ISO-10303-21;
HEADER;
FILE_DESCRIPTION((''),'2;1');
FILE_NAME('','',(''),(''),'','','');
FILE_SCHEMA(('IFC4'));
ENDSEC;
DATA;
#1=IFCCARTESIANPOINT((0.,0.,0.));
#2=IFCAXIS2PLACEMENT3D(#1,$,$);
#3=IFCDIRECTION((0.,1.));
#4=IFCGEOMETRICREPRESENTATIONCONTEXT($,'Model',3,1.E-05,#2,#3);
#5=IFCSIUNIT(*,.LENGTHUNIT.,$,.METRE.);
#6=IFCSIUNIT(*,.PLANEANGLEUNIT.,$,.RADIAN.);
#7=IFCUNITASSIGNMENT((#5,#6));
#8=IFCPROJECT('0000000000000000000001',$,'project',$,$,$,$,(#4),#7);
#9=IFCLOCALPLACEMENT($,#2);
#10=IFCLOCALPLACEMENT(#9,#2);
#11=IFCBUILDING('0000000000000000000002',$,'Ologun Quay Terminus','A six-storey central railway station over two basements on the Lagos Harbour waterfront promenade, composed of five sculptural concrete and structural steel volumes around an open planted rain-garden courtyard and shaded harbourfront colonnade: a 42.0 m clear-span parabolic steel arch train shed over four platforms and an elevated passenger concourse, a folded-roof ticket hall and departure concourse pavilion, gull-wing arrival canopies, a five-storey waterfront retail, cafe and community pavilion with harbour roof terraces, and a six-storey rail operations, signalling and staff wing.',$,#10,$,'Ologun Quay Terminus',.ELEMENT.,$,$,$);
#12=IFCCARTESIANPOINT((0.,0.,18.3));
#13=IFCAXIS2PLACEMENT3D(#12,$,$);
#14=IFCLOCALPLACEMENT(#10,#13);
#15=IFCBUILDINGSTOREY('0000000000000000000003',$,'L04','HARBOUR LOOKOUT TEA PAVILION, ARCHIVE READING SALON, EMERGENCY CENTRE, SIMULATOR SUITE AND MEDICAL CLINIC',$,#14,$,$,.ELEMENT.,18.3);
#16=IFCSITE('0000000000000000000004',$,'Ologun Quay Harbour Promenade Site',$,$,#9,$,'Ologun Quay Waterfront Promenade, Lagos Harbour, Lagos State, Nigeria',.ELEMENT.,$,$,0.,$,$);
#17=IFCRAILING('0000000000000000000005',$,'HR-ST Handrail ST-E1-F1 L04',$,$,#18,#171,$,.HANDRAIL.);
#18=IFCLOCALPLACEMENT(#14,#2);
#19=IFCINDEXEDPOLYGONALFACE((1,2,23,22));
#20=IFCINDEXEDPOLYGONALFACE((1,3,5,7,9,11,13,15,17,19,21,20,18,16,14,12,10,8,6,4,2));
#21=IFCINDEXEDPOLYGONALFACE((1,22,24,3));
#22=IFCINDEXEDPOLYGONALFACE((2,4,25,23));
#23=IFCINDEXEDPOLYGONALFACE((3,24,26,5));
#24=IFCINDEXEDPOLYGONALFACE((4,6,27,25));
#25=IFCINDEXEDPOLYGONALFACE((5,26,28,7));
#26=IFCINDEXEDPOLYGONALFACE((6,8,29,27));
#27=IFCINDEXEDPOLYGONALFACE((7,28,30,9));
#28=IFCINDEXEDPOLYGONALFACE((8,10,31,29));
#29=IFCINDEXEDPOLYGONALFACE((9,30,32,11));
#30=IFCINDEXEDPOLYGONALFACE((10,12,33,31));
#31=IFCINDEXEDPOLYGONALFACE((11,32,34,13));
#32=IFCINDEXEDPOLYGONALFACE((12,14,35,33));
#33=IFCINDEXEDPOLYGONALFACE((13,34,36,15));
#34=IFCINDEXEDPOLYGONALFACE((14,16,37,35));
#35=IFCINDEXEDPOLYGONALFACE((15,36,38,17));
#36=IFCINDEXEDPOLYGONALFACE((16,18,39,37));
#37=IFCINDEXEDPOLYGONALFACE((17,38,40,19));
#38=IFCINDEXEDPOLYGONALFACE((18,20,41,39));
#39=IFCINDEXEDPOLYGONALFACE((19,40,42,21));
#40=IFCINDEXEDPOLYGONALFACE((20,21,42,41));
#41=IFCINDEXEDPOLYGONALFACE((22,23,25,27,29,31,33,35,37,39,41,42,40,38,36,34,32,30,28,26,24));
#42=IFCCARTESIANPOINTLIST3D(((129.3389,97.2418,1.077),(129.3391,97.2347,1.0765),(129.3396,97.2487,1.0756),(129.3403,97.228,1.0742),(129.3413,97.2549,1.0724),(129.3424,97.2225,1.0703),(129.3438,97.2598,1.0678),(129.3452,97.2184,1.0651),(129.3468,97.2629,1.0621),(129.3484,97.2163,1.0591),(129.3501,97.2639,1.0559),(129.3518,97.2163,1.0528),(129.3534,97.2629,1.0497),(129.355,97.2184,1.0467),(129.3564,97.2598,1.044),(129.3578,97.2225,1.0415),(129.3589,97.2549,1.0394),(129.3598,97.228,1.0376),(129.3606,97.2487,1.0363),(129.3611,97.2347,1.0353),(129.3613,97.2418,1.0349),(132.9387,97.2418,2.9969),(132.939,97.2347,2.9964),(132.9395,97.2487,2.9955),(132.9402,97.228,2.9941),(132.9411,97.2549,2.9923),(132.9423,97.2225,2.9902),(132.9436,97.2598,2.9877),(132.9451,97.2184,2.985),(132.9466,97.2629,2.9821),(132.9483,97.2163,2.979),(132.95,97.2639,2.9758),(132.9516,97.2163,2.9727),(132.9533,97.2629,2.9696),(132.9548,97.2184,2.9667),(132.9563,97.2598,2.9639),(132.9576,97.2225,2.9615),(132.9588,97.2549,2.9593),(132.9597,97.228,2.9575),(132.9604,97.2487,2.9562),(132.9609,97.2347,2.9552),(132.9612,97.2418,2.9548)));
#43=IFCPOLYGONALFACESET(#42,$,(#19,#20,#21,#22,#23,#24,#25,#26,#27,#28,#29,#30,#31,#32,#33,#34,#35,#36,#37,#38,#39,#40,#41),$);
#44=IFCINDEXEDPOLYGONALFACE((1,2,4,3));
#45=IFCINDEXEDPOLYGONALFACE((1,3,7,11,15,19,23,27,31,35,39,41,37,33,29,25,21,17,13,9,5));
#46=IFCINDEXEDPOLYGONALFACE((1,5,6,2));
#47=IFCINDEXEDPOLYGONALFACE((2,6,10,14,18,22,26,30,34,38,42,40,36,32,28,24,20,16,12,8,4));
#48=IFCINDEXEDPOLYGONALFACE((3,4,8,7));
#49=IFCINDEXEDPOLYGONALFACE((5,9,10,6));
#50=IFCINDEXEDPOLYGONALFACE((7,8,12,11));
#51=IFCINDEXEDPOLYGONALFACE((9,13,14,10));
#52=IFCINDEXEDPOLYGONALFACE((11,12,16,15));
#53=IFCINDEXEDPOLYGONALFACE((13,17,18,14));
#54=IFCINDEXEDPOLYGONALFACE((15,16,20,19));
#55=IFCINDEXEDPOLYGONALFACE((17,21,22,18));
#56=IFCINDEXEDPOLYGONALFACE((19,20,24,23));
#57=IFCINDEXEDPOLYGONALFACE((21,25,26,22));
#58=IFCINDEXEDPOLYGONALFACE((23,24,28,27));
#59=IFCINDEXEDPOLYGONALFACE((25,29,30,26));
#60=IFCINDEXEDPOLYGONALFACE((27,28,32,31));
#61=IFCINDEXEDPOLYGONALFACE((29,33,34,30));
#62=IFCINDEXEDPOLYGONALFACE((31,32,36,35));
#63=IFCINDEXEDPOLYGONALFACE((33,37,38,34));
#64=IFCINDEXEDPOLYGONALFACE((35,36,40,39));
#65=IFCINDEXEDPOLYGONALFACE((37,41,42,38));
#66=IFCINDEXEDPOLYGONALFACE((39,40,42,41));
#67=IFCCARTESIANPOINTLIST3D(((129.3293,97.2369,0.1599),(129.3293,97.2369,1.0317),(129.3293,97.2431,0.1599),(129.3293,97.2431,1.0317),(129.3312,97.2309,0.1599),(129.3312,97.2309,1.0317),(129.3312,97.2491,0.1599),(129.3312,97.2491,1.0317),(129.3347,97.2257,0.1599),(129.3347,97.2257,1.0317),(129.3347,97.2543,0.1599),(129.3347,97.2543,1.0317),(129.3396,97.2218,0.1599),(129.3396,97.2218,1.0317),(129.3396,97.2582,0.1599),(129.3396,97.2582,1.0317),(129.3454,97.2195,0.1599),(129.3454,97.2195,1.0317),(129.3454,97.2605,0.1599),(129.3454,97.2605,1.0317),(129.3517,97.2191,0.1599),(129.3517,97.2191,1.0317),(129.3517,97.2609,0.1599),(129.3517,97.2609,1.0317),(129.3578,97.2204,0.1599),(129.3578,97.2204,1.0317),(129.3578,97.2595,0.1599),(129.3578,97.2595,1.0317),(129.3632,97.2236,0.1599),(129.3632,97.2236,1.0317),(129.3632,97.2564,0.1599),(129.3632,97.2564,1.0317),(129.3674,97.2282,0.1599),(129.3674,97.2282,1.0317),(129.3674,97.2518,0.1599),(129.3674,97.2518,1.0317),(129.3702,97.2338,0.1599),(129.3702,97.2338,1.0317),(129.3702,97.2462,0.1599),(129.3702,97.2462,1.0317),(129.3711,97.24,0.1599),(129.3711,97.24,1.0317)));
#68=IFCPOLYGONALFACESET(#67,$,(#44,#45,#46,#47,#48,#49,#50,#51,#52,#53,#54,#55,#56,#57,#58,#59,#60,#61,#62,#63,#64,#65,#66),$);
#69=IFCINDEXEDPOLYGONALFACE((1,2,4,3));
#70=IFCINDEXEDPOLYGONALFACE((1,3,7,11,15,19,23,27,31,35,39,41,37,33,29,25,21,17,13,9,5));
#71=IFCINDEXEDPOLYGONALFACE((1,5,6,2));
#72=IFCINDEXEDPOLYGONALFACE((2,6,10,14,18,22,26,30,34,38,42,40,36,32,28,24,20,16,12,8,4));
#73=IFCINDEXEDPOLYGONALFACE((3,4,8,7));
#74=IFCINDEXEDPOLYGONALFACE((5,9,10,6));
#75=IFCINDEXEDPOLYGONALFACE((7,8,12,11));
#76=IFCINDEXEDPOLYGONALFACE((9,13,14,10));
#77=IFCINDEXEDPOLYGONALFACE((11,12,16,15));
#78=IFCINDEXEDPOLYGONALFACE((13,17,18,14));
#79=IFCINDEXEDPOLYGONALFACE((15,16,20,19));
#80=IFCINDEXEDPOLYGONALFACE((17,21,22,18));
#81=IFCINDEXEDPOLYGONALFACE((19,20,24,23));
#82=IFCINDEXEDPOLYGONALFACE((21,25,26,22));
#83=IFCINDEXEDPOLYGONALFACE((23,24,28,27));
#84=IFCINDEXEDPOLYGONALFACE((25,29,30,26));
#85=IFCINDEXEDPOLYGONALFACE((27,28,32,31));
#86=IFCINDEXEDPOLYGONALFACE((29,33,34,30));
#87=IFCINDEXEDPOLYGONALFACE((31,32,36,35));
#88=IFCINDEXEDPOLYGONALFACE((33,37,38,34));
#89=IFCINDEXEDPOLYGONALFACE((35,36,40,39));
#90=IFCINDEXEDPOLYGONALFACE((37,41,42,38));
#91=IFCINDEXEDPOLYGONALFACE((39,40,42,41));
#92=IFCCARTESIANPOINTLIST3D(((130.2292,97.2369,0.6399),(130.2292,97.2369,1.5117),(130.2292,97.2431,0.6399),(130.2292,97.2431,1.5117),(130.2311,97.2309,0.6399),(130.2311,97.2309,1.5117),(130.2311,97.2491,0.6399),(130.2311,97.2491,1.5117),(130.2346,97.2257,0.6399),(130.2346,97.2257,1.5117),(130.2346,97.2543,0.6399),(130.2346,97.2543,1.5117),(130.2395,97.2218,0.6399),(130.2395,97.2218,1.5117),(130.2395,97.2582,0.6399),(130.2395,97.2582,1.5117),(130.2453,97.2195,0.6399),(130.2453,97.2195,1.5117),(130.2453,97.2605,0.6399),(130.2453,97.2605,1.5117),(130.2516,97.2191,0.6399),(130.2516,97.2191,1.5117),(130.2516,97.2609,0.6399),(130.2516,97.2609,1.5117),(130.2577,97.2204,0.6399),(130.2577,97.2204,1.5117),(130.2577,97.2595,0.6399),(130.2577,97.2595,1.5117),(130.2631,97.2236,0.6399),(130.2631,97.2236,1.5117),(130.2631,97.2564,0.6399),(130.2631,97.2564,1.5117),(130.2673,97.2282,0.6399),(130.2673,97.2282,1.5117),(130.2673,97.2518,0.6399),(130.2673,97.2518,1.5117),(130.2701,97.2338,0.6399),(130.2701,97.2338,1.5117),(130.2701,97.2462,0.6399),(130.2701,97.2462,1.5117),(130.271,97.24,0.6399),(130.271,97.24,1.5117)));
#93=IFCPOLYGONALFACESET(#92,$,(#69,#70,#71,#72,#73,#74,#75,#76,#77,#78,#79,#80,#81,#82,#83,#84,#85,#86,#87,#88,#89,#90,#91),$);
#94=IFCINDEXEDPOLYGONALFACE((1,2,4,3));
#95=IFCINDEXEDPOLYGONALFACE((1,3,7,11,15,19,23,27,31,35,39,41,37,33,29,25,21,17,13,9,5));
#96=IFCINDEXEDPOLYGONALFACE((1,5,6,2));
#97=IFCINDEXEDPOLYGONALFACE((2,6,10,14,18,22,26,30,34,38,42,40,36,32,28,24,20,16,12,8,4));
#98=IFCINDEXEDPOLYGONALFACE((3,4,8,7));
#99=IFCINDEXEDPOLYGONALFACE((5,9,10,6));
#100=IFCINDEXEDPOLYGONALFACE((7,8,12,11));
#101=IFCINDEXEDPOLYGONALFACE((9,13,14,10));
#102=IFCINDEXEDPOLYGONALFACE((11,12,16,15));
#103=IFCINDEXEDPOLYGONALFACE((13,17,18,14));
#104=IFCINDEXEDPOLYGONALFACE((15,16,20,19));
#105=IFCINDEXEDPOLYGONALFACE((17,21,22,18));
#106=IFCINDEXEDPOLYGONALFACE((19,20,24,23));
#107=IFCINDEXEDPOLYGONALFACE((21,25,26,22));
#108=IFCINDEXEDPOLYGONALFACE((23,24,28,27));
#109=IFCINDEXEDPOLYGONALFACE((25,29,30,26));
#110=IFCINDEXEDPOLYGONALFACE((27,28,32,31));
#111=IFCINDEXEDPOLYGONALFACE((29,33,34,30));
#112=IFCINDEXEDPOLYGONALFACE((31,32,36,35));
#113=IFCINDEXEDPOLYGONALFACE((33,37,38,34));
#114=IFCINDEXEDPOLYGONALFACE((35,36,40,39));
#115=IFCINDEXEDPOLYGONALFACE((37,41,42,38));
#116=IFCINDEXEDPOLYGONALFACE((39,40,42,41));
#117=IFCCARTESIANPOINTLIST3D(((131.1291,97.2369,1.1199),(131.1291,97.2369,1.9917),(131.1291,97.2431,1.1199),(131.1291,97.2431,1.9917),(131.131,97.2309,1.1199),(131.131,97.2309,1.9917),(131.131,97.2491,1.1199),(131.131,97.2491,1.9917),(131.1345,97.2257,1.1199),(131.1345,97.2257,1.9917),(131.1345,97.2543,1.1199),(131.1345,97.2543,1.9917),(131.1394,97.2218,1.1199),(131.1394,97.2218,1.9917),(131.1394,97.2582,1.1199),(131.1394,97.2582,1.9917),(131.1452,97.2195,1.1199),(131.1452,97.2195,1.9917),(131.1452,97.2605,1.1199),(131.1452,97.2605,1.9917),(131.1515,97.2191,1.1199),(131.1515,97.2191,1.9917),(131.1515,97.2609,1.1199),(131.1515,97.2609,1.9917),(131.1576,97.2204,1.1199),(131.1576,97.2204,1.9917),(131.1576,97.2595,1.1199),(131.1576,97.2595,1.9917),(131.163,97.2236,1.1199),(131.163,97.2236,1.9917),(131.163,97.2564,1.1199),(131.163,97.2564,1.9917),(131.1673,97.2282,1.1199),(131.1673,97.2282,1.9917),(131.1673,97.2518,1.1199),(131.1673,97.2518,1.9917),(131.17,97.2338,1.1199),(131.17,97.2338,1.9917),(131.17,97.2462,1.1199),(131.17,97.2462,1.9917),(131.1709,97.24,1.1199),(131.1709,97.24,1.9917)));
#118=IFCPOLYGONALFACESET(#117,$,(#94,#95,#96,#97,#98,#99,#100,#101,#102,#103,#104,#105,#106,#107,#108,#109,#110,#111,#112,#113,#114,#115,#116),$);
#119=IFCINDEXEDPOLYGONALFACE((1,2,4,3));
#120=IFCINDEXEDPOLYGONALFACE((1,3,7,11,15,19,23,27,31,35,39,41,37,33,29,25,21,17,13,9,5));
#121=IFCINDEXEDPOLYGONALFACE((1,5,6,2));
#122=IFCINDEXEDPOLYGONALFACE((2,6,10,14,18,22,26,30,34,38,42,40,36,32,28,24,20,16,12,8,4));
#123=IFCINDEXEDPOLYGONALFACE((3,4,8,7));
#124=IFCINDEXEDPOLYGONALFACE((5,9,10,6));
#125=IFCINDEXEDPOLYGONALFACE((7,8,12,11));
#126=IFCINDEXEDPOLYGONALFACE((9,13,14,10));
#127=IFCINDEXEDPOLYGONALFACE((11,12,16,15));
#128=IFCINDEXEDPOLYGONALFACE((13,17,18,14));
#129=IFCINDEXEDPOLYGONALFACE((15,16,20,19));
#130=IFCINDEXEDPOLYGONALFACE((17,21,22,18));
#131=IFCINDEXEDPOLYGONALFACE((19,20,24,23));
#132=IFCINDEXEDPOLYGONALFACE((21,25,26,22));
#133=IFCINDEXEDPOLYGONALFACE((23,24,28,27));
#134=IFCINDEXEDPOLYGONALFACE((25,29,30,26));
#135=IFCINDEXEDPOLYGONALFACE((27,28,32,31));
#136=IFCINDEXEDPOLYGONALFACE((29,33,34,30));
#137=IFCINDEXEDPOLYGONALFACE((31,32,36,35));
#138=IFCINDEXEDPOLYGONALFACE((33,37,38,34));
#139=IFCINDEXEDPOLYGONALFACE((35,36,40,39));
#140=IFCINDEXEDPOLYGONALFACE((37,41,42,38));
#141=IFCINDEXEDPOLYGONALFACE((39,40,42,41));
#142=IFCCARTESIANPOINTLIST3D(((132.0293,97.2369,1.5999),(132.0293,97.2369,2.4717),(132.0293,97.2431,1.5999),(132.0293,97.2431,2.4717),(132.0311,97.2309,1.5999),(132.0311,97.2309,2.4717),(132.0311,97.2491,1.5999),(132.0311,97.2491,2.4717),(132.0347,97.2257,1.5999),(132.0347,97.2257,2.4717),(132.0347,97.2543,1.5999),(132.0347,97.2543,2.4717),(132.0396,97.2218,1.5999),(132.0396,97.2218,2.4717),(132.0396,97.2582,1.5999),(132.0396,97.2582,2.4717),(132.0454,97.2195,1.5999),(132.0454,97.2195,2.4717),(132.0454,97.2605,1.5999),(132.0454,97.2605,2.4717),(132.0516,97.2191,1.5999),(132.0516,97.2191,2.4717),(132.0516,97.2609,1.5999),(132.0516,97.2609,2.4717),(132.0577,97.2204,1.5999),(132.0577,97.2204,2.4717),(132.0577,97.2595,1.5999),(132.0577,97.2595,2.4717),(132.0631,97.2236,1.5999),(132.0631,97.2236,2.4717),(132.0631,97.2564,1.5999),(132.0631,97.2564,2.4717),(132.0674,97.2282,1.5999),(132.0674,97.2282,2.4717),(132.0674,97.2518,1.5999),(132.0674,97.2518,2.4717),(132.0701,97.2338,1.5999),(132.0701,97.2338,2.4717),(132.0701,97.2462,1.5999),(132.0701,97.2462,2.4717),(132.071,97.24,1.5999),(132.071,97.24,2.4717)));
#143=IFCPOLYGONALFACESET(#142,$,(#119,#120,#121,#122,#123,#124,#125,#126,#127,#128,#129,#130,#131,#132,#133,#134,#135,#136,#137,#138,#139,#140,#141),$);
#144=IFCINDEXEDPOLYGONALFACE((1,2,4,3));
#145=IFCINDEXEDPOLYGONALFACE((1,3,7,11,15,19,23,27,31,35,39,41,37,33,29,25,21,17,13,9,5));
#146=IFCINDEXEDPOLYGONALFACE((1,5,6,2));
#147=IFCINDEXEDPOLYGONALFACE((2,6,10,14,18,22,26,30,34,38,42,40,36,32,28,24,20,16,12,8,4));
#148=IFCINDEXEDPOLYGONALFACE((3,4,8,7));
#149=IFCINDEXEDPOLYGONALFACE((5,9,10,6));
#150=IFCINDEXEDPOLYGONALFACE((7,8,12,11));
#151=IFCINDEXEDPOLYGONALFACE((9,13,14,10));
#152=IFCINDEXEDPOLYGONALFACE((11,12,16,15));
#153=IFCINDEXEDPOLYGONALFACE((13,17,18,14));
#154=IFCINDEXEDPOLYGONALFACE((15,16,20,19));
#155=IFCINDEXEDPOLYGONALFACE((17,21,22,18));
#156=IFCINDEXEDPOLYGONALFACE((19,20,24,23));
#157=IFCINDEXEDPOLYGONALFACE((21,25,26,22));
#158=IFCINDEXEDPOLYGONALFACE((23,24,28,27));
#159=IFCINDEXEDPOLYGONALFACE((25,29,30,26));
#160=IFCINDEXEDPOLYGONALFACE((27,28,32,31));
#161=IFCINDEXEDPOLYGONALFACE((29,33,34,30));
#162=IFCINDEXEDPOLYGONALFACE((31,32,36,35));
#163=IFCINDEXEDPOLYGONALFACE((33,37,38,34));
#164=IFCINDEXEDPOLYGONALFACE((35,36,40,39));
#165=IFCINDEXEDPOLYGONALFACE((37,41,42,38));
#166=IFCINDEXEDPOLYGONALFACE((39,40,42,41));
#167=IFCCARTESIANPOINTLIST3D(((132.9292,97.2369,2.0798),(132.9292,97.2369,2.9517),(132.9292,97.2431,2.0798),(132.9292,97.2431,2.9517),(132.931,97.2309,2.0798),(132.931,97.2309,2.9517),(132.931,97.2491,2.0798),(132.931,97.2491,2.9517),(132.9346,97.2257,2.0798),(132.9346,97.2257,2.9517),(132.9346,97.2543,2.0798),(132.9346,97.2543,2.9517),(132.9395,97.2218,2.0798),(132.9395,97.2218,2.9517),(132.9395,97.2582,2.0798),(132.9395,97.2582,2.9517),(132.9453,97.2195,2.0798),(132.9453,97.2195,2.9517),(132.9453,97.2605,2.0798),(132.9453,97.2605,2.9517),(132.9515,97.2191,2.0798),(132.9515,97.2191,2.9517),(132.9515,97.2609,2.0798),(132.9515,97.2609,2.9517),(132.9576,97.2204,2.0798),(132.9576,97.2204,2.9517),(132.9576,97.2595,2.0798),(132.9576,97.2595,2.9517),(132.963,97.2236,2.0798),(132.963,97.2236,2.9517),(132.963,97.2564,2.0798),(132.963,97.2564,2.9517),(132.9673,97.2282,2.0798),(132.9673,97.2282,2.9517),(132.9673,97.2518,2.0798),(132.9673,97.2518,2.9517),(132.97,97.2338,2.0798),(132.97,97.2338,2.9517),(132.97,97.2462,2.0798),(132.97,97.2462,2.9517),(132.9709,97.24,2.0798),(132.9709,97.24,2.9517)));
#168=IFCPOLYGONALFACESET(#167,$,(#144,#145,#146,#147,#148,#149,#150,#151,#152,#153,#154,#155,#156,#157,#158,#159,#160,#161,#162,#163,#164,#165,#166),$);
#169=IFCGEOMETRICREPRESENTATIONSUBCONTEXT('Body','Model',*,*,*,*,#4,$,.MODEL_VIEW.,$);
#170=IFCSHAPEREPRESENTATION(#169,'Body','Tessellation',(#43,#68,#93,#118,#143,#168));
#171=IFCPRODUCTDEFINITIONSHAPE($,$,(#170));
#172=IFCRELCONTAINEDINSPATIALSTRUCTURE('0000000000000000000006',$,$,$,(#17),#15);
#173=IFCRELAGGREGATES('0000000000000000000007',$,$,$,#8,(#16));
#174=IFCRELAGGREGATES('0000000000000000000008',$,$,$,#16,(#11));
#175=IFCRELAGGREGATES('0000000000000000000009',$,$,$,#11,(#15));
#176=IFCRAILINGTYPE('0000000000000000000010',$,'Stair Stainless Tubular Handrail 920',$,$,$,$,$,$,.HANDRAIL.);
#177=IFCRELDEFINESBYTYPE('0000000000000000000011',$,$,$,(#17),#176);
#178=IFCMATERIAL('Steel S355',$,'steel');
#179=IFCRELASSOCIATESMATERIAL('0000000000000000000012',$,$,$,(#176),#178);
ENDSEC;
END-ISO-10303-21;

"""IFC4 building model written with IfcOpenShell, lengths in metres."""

from ifc_helpers import new_model, si_unit, direction, frame, origin, origin_2d, place, context, subcontext, project, spatial, circle, extrude, material, type_object, element, save


model = new_model("IFC4")

# Units and contexts
model_context = context("Model", 3, precision=1e-05, world=origin(), true_north=direction((0.0, 1.0)))
body_context = subcontext(model_context, "Body", "Model", "MODEL_VIEW")
ifc_project = project(units=[si_unit("LENGTHUNIT", "METRE"), si_unit("PLANEANGLEUNIT", "RADIAN")], contexts=[model_context])

# Site, building, storey
site_placement = place(None, origin())
site = spatial("IfcSite", under=ifc_project, at=site_placement, Name="Ologun Quay Harbour Promenade Site", LongName="Ologun Quay Waterfront Promenade, Lagos Harbour, Lagos State, Nigeria", CompositionType="ELEMENT", RefElevation=0.0)
building_placement = place(site_placement, origin())
building = spatial("IfcBuilding", under=site, at=building_placement, Name="Ologun Quay Terminus", Description="A six-storey central railway station over two basements on the Lagos Harbour waterfront promenade, composed of five sculptural concrete and structural steel volumes around an open planted rain-garden courtyard and shaded harbourfront colonnade: a 42.0 m clear-span parabolic steel arch train shed over four platforms and an elevated passenger concourse, a folded-roof ticket hall and departure concourse pavilion, gull-wing arrival canopies, a five-storey waterfront retail, cafe and community pavilion with harbour roof terraces, and a six-storey rail operations, signalling and staff wing.", LongName="Ologun Quay Terminus", CompositionType="ELEMENT")
storey_placement = place(building_placement, frame((0.0, 0.0, 18.3)))
storey = spatial("IfcBuildingStorey", under=building, at=storey_placement, Name="L04", Description="HARBOUR LOOKOUT TEA PAVILION, ARCHIVE READING SALON, EMERGENCY CENTRE, SIMULATOR SUITE AND MEDICAL CLINIC", CompositionType="ELEMENT", Elevation=18.3)

# Railing
ifc_material_1 = material(Name="Steel S355", Category="steel")
railing_type_1 = type_object("IfcRailingType", Name="Stair Stainless Tubular Handrail 920", PredefinedType="HANDRAIL", material=ifc_material_1)
railing_1_placement = place(storey_placement, frame((129.3501, 97.24, 0.1599)))
element("IfcRailing", 1, at=railing_1_placement, inside=storey, type_object=railing_type_1, Name="HR-ST Handrail ST-E1-F1 L04", PredefinedType="HANDRAIL", context=body_context, shape_type="SweptSolid", body=[
    extrude(circle(Radius=0.0239, at=origin_2d()), frame((0.0, 0.0, 0.896), z_axis=(0.882353, 0.0, 0.470588), x_axis=(0.0, 1.0, 0.0)), (0.0, 0.0, 1.0), 4.0798),
    extrude(circle(Radius=0.021, at=origin_2d()), origin(), (0.0, 0.0, 1.0), 0.8718),
    extrude(circle(Radius=0.021, at=origin_2d()), frame((0.8999, 0.0, 0.48)), (0.0, 0.0, 1.0), 0.8718),
    extrude(circle(Radius=0.021, at=origin_2d()), frame((1.7998, 0.0, 0.96)), (0.0, 0.0, 1.0), 0.8718),
    extrude(circle(Radius=0.021, at=origin_2d()), frame((2.7, 0.0, 1.4399)), (0.0, 0.0, 1.0), 0.8718),
    extrude(circle(Radius=0.021, at=origin_2d()), frame((3.5999, 0.0, 1.9199)), (0.0, 0.0, 1.0), 0.8718),
])

save(model, "model.ifc")
